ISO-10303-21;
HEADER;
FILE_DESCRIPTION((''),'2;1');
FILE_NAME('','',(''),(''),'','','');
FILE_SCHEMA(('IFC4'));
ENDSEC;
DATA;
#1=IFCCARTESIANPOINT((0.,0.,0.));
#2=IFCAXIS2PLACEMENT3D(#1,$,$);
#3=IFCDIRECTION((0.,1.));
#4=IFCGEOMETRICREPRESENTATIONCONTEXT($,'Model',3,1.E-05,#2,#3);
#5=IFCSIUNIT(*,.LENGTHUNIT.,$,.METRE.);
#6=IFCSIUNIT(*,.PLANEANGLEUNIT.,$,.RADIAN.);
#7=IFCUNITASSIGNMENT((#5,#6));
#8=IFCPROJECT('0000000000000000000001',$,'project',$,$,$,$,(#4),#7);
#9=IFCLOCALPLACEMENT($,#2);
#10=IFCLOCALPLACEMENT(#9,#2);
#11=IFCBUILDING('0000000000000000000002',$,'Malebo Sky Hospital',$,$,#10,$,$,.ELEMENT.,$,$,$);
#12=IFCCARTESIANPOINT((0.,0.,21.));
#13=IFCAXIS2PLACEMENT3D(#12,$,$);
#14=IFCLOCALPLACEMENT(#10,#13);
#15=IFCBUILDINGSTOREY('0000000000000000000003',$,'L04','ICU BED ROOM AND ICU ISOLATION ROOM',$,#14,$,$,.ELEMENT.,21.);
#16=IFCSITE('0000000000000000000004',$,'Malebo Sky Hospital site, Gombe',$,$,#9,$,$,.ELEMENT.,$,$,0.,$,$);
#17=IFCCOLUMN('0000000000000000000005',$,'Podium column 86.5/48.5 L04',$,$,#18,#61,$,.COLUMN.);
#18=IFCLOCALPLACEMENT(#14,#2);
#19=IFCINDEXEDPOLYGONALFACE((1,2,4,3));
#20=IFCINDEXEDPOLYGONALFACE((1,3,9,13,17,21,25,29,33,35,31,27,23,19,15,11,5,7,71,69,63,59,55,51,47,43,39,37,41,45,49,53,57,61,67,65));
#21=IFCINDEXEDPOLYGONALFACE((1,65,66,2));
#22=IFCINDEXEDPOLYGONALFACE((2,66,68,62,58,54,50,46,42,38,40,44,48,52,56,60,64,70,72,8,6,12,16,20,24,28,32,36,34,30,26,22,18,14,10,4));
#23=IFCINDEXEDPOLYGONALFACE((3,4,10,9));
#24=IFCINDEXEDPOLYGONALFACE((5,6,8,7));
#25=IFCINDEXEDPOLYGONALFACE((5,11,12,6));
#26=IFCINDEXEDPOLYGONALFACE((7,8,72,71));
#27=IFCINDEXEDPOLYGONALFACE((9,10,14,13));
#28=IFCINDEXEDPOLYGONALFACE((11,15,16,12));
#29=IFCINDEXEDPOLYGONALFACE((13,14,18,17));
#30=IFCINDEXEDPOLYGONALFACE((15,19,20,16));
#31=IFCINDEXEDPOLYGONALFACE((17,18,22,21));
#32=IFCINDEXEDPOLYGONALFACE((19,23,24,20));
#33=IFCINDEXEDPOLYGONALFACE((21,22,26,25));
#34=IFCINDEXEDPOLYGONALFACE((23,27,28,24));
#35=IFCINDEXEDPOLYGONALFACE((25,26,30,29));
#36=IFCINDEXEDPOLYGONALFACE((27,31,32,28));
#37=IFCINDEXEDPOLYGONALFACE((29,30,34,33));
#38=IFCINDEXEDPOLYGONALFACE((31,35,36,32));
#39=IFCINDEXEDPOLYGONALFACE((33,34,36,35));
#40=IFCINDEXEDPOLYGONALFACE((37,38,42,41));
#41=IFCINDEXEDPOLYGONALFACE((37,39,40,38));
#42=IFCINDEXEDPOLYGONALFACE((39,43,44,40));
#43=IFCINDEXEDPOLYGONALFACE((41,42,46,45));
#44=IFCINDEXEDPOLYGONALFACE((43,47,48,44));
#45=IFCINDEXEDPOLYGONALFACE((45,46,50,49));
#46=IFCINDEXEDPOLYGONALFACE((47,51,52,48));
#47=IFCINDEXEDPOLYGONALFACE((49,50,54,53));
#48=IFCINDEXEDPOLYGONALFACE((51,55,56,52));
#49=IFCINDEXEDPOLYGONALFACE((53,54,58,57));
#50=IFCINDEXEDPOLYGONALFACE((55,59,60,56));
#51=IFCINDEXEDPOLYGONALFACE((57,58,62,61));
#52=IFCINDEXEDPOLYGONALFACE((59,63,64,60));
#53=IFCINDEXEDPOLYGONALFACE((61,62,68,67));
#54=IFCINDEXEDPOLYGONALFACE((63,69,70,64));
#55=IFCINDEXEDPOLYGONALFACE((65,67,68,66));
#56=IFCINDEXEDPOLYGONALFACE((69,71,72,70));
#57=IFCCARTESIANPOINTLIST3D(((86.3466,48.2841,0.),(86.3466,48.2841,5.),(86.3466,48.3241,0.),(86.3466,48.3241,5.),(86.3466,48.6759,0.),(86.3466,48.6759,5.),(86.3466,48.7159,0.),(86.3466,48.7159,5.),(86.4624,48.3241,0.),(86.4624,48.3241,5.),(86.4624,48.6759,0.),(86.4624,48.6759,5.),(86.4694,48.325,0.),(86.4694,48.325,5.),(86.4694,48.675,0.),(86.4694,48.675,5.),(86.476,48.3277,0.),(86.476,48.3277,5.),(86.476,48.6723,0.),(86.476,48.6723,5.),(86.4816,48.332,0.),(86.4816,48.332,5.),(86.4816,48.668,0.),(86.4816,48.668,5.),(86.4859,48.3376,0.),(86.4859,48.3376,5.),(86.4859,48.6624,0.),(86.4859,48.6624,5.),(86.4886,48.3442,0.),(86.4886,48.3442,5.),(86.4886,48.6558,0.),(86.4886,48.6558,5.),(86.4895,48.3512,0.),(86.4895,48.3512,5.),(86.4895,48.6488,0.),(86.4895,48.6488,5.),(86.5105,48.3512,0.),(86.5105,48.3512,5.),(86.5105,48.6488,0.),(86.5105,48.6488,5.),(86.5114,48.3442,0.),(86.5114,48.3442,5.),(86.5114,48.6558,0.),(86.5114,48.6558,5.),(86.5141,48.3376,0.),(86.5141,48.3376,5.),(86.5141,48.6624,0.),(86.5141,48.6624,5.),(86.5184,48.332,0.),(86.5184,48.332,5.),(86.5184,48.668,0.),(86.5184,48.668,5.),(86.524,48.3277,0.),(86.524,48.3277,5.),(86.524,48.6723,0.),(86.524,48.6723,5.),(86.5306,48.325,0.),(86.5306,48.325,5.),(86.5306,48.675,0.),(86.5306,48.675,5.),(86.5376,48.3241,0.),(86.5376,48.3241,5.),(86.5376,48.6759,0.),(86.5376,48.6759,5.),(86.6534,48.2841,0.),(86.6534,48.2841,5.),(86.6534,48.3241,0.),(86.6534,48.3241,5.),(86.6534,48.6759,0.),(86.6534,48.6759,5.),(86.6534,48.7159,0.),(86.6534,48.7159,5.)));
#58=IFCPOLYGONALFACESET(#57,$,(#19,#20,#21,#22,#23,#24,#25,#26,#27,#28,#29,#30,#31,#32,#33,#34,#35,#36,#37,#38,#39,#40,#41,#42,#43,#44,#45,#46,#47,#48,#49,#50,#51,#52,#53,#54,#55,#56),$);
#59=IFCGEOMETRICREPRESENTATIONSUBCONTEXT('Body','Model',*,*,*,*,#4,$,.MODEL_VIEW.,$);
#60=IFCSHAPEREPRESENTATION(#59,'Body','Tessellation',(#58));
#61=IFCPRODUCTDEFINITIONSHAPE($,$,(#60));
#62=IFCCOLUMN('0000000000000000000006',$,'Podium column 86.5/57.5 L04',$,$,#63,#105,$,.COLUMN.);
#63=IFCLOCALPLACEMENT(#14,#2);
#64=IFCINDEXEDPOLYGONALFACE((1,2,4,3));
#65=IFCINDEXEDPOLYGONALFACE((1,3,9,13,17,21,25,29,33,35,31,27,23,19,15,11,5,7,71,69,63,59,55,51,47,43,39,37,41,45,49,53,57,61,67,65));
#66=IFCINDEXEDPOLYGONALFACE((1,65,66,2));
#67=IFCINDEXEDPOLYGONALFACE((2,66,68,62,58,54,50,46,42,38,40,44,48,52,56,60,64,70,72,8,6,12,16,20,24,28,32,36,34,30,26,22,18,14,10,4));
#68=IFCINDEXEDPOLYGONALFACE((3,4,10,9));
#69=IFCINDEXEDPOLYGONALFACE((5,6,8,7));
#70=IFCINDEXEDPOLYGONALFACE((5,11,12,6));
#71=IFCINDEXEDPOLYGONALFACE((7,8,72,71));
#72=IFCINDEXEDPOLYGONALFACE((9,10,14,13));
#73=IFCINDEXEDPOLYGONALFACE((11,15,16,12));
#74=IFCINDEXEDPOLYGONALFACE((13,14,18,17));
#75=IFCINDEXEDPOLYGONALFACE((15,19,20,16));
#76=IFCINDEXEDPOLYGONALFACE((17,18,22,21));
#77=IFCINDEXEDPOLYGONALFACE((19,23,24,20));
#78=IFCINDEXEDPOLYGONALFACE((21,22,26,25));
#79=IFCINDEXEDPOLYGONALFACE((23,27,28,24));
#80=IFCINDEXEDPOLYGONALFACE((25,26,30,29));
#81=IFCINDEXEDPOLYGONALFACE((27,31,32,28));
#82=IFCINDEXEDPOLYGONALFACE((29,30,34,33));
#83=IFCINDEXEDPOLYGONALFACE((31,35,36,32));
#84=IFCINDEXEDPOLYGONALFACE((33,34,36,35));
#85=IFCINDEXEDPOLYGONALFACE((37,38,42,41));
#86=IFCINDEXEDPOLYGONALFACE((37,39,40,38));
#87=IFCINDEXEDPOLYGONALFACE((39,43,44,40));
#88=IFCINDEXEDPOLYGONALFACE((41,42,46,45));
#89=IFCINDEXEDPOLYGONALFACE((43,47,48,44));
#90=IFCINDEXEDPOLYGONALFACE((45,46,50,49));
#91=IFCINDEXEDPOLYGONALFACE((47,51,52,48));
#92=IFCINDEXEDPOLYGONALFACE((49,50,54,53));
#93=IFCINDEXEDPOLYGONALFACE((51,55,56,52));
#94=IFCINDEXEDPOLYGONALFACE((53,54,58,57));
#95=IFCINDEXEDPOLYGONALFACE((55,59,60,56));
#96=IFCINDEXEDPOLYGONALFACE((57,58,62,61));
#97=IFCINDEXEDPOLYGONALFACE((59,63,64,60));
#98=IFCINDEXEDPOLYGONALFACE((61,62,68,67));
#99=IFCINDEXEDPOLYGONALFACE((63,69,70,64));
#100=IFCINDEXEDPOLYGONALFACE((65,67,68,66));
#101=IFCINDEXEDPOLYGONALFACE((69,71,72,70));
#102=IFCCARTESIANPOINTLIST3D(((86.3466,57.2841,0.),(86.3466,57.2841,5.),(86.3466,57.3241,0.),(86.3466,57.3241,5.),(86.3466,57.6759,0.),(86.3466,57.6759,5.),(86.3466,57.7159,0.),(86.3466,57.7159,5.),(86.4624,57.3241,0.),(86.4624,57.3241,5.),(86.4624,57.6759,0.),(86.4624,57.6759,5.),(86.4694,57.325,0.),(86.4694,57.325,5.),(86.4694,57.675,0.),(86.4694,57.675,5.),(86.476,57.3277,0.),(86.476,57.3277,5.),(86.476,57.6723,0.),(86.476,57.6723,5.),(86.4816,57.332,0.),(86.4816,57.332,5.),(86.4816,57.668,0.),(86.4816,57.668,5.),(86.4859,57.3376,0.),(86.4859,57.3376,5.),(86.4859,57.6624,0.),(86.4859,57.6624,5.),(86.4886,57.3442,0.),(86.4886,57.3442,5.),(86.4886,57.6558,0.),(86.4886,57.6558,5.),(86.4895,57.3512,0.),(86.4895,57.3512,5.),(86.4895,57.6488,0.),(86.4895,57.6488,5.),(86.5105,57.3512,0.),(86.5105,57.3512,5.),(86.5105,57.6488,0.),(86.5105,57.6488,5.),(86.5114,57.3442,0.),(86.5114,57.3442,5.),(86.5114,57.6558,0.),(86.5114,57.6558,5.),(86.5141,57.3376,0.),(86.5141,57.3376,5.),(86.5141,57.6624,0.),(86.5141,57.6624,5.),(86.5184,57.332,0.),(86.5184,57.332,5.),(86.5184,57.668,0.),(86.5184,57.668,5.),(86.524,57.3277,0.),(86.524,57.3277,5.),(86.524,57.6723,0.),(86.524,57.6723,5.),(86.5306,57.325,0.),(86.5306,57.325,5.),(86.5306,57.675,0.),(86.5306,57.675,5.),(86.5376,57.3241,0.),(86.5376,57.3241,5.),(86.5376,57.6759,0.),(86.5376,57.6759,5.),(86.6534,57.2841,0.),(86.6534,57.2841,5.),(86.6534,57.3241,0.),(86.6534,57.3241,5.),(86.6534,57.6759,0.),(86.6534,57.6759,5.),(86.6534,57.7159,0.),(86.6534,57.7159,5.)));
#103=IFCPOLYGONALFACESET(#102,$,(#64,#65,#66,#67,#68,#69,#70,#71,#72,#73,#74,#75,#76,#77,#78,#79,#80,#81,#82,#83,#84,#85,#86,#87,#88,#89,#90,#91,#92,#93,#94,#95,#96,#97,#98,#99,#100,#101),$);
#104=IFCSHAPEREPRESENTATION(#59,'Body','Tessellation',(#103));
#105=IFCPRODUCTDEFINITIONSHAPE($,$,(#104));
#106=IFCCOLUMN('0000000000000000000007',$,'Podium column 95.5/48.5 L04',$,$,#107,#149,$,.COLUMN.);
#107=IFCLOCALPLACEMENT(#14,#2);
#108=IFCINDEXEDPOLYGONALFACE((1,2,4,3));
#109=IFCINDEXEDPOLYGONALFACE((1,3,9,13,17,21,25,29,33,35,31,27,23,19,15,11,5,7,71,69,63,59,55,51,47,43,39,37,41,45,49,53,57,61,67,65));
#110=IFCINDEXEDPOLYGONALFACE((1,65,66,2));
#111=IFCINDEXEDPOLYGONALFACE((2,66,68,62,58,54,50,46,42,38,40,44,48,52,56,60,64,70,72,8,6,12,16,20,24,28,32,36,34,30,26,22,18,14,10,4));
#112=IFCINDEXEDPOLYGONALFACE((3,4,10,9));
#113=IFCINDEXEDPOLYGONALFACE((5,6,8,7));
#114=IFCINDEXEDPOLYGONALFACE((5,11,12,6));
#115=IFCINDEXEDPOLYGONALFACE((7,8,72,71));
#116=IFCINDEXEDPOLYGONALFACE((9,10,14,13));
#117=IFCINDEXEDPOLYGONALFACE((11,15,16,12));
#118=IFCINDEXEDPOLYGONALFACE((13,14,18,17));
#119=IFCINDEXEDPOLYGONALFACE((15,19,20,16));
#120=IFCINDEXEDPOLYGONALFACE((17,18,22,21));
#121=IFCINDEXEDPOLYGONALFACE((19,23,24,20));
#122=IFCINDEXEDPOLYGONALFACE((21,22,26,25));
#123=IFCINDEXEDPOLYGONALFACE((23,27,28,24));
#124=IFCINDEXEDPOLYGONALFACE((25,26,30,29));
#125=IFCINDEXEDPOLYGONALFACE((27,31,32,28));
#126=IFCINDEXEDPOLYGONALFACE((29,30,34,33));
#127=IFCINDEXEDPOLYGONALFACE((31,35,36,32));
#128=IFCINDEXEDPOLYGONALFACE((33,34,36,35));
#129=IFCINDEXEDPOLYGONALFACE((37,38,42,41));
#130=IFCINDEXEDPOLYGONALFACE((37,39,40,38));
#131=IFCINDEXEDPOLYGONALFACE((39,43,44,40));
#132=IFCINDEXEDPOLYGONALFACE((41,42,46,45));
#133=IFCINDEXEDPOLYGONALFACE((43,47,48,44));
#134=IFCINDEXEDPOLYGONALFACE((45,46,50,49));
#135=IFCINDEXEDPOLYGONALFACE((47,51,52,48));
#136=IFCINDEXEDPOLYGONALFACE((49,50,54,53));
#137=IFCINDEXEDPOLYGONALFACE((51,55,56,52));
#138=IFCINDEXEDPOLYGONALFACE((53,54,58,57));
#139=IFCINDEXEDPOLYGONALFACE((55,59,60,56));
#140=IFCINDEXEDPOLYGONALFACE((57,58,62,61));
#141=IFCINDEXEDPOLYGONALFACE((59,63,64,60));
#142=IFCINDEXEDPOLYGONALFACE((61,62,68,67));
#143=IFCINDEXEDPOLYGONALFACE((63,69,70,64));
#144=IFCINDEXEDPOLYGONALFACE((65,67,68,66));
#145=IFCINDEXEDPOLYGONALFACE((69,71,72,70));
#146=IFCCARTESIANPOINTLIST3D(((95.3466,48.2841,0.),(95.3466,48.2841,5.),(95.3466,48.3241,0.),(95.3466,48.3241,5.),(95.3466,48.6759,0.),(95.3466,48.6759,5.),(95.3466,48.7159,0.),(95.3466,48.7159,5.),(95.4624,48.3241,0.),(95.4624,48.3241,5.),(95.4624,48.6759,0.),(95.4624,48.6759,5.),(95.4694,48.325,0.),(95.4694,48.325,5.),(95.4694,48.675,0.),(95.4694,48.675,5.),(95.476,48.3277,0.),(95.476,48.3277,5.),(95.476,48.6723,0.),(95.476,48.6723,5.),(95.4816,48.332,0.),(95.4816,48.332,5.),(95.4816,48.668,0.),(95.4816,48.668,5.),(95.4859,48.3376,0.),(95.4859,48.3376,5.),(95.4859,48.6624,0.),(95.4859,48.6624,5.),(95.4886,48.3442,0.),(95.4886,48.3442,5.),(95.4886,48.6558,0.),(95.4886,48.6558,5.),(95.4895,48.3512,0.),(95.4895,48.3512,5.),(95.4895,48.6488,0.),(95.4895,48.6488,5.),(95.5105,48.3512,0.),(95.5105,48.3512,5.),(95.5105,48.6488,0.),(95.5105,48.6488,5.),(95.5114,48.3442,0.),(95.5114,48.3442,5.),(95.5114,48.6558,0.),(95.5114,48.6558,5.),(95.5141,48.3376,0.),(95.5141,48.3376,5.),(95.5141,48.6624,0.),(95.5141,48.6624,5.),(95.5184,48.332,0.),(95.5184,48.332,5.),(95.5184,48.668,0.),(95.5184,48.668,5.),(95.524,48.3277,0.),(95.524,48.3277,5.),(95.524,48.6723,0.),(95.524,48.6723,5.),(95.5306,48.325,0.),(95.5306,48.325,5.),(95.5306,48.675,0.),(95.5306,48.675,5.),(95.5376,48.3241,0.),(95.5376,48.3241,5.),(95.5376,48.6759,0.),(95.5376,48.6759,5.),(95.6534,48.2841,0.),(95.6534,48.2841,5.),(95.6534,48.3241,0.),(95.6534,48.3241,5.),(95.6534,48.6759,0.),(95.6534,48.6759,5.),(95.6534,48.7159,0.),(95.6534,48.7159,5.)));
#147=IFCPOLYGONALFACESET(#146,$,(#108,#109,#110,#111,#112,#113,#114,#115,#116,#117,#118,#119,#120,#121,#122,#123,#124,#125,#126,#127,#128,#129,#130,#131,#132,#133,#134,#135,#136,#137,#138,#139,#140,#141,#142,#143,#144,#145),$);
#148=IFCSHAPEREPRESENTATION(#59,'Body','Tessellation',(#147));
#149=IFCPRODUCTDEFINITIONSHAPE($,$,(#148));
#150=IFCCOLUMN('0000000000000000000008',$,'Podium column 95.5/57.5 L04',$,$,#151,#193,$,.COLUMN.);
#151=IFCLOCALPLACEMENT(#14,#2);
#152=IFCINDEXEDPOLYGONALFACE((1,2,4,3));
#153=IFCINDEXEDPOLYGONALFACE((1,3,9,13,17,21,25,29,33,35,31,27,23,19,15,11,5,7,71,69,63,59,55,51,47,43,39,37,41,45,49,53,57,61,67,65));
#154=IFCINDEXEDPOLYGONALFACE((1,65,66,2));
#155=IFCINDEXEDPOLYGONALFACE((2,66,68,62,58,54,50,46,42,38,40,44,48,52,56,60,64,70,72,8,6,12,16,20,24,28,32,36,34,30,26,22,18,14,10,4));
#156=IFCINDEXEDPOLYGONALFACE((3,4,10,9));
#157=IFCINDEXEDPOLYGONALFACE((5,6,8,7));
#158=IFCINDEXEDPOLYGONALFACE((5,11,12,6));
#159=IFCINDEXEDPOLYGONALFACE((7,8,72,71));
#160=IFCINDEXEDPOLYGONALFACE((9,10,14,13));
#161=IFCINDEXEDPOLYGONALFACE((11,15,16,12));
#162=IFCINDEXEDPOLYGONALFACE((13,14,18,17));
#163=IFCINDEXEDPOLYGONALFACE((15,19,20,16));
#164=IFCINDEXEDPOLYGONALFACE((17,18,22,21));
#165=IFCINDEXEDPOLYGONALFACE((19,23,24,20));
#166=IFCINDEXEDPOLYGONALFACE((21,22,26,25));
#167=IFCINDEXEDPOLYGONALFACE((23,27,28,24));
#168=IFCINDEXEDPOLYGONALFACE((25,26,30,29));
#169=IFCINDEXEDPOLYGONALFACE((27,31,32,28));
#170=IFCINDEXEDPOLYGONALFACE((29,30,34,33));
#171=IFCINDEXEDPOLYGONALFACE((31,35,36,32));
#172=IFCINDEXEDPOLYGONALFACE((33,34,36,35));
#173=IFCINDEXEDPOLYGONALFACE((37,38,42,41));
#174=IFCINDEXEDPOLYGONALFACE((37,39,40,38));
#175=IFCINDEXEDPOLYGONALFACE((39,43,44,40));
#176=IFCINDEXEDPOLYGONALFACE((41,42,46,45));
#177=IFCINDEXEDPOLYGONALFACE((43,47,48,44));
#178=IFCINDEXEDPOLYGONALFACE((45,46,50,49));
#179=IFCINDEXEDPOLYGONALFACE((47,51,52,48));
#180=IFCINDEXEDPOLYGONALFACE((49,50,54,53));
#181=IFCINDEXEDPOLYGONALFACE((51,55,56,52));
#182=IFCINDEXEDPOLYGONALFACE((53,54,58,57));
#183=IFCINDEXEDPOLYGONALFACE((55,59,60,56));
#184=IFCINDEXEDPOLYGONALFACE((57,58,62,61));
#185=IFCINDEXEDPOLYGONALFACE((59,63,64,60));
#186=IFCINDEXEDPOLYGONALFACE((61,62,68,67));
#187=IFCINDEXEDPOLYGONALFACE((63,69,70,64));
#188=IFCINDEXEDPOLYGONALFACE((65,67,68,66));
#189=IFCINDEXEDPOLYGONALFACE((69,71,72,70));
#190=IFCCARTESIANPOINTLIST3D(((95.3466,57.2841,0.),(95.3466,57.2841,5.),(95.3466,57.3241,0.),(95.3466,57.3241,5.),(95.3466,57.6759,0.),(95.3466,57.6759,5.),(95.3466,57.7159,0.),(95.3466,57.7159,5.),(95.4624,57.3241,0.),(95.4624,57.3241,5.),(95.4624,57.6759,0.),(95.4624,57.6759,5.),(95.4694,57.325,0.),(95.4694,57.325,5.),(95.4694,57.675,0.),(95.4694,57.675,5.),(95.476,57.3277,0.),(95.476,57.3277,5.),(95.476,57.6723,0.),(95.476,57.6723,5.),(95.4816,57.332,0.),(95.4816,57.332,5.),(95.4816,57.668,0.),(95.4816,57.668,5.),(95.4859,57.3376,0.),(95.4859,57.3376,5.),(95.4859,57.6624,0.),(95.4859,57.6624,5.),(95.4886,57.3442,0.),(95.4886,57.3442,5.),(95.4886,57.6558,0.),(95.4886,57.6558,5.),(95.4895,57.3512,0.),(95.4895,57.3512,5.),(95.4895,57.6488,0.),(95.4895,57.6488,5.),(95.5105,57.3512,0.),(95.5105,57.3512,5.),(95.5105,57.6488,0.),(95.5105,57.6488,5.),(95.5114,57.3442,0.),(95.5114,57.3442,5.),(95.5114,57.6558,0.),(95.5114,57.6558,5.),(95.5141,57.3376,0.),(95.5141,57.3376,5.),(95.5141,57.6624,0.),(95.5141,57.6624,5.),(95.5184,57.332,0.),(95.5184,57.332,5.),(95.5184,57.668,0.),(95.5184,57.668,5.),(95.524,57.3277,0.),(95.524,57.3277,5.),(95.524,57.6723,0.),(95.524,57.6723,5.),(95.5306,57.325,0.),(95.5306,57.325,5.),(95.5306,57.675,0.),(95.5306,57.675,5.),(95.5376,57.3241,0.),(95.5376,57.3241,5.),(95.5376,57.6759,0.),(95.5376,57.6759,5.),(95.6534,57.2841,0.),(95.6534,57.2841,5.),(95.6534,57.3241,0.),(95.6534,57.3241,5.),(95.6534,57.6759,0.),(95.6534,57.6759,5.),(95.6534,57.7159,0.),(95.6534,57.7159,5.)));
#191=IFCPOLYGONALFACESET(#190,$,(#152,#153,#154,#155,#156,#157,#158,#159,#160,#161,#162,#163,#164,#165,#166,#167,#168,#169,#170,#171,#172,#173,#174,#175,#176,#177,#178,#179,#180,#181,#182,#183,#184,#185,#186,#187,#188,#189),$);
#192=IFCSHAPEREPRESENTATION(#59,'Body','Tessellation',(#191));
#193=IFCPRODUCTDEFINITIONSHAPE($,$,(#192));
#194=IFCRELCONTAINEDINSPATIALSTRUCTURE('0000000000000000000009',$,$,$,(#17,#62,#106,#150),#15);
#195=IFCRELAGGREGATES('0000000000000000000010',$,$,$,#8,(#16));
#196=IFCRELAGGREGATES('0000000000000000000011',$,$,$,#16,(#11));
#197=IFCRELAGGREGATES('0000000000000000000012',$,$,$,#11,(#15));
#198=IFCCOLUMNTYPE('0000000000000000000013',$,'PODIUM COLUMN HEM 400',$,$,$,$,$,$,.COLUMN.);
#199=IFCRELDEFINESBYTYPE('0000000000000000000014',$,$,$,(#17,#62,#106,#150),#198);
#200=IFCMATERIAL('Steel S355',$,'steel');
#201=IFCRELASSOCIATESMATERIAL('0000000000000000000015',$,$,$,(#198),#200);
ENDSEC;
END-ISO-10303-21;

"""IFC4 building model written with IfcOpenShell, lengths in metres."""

from ifc_helpers import new_model, si_unit, direction, frame, origin, origin_2d, place, context, subcontext, project, spatial, i_section, extrude, material, material_profile, profile_set, type_object, element, save


model = new_model("IFC4")

# Units and contexts
model_context = context("Model", 3, precision=1e-05, world=origin(), true_north=direction((0.0, 1.0)))
body_context = subcontext(model_context, "Body", "Model", "MODEL_VIEW")
ifc_project = project(units=[si_unit("LENGTHUNIT", "METRE"), si_unit("PLANEANGLEUNIT", "RADIAN")], contexts=[model_context])

# Site, building, storey
site_placement = place(None, origin())
site = spatial("IfcSite", under=ifc_project, at=site_placement, Name="Malebo Sky Hospital site, Gombe", CompositionType="ELEMENT", RefElevation=0.0)
building_placement = place(site_placement, origin())
building = spatial("IfcBuilding", under=site, at=building_placement, Name="Malebo Sky Hospital", CompositionType="ELEMENT")
storey_placement = place(building_placement, frame((0.0, 0.0, 21.0)))
storey = spatial("IfcBuildingStorey", under=building, at=storey_placement, Name="L04", Description="ICU BED ROOM AND ICU ISOLATION ROOM", CompositionType="ELEMENT", Elevation=21.0)

# Columns
ifc_material_1 = material(Name="Steel S355", Category="steel")
ifc_material_profile_1 = material_profile(ifc_material_1, i_section(OverallWidth=0.3069, OverallDepth=0.4319, WebThickness=0.021, FlangeThickness=0.04, FilletRadius=0.0271, at=origin_2d()), Name="HEM 400")
ifc_profile_set_1 = profile_set([ifc_material_profile_1], Name="Steel S355")
column_type = type_object("IfcColumnType", Name="PODIUM COLUMN HEM 400", PredefinedType="COLUMN", material=ifc_profile_set_1)
for number, where, z_axis, x_axis, name in (
    (1, (86.5, 48.5, 0.0), (0.0, 0.0, 1.0), (1.0, 0.0, 0.0), "Podium column 86.5/48.5 L04"),
    (2, (86.5, 57.5, 0.0), (0.0, 0.0, 1.0), (1.0, 0.0, 0.0), "Podium column 86.5/57.5 L04"),
    (3, (95.5, 48.5, 0.0), (0.0, 0.0, 1.0), (1.0, 0.0, 0.0), "Podium column 95.5/48.5 L04"),
    (4, (95.5, 57.5, 0.0), (0.0, 0.0, 1.0), (1.0, 0.0, 0.0), "Podium column 95.5/57.5 L04"),
):
    element("IfcColumn", number, at=place(storey_placement, frame(where, z_axis=z_axis, x_axis=x_axis)), inside=storey, type_object=column_type, Name=name, PredefinedType="COLUMN", context=body_context, shape_type="SweptSolid", body=[
        extrude(i_section(OverallWidth=0.3069, OverallDepth=0.4319, WebThickness=0.021, FlangeThickness=0.04, FilletRadius=0.0271, at=origin_2d()), origin(), (0.0, 0.0, 1.0), 5.0),
    ])

save(model, "model.ifc")
